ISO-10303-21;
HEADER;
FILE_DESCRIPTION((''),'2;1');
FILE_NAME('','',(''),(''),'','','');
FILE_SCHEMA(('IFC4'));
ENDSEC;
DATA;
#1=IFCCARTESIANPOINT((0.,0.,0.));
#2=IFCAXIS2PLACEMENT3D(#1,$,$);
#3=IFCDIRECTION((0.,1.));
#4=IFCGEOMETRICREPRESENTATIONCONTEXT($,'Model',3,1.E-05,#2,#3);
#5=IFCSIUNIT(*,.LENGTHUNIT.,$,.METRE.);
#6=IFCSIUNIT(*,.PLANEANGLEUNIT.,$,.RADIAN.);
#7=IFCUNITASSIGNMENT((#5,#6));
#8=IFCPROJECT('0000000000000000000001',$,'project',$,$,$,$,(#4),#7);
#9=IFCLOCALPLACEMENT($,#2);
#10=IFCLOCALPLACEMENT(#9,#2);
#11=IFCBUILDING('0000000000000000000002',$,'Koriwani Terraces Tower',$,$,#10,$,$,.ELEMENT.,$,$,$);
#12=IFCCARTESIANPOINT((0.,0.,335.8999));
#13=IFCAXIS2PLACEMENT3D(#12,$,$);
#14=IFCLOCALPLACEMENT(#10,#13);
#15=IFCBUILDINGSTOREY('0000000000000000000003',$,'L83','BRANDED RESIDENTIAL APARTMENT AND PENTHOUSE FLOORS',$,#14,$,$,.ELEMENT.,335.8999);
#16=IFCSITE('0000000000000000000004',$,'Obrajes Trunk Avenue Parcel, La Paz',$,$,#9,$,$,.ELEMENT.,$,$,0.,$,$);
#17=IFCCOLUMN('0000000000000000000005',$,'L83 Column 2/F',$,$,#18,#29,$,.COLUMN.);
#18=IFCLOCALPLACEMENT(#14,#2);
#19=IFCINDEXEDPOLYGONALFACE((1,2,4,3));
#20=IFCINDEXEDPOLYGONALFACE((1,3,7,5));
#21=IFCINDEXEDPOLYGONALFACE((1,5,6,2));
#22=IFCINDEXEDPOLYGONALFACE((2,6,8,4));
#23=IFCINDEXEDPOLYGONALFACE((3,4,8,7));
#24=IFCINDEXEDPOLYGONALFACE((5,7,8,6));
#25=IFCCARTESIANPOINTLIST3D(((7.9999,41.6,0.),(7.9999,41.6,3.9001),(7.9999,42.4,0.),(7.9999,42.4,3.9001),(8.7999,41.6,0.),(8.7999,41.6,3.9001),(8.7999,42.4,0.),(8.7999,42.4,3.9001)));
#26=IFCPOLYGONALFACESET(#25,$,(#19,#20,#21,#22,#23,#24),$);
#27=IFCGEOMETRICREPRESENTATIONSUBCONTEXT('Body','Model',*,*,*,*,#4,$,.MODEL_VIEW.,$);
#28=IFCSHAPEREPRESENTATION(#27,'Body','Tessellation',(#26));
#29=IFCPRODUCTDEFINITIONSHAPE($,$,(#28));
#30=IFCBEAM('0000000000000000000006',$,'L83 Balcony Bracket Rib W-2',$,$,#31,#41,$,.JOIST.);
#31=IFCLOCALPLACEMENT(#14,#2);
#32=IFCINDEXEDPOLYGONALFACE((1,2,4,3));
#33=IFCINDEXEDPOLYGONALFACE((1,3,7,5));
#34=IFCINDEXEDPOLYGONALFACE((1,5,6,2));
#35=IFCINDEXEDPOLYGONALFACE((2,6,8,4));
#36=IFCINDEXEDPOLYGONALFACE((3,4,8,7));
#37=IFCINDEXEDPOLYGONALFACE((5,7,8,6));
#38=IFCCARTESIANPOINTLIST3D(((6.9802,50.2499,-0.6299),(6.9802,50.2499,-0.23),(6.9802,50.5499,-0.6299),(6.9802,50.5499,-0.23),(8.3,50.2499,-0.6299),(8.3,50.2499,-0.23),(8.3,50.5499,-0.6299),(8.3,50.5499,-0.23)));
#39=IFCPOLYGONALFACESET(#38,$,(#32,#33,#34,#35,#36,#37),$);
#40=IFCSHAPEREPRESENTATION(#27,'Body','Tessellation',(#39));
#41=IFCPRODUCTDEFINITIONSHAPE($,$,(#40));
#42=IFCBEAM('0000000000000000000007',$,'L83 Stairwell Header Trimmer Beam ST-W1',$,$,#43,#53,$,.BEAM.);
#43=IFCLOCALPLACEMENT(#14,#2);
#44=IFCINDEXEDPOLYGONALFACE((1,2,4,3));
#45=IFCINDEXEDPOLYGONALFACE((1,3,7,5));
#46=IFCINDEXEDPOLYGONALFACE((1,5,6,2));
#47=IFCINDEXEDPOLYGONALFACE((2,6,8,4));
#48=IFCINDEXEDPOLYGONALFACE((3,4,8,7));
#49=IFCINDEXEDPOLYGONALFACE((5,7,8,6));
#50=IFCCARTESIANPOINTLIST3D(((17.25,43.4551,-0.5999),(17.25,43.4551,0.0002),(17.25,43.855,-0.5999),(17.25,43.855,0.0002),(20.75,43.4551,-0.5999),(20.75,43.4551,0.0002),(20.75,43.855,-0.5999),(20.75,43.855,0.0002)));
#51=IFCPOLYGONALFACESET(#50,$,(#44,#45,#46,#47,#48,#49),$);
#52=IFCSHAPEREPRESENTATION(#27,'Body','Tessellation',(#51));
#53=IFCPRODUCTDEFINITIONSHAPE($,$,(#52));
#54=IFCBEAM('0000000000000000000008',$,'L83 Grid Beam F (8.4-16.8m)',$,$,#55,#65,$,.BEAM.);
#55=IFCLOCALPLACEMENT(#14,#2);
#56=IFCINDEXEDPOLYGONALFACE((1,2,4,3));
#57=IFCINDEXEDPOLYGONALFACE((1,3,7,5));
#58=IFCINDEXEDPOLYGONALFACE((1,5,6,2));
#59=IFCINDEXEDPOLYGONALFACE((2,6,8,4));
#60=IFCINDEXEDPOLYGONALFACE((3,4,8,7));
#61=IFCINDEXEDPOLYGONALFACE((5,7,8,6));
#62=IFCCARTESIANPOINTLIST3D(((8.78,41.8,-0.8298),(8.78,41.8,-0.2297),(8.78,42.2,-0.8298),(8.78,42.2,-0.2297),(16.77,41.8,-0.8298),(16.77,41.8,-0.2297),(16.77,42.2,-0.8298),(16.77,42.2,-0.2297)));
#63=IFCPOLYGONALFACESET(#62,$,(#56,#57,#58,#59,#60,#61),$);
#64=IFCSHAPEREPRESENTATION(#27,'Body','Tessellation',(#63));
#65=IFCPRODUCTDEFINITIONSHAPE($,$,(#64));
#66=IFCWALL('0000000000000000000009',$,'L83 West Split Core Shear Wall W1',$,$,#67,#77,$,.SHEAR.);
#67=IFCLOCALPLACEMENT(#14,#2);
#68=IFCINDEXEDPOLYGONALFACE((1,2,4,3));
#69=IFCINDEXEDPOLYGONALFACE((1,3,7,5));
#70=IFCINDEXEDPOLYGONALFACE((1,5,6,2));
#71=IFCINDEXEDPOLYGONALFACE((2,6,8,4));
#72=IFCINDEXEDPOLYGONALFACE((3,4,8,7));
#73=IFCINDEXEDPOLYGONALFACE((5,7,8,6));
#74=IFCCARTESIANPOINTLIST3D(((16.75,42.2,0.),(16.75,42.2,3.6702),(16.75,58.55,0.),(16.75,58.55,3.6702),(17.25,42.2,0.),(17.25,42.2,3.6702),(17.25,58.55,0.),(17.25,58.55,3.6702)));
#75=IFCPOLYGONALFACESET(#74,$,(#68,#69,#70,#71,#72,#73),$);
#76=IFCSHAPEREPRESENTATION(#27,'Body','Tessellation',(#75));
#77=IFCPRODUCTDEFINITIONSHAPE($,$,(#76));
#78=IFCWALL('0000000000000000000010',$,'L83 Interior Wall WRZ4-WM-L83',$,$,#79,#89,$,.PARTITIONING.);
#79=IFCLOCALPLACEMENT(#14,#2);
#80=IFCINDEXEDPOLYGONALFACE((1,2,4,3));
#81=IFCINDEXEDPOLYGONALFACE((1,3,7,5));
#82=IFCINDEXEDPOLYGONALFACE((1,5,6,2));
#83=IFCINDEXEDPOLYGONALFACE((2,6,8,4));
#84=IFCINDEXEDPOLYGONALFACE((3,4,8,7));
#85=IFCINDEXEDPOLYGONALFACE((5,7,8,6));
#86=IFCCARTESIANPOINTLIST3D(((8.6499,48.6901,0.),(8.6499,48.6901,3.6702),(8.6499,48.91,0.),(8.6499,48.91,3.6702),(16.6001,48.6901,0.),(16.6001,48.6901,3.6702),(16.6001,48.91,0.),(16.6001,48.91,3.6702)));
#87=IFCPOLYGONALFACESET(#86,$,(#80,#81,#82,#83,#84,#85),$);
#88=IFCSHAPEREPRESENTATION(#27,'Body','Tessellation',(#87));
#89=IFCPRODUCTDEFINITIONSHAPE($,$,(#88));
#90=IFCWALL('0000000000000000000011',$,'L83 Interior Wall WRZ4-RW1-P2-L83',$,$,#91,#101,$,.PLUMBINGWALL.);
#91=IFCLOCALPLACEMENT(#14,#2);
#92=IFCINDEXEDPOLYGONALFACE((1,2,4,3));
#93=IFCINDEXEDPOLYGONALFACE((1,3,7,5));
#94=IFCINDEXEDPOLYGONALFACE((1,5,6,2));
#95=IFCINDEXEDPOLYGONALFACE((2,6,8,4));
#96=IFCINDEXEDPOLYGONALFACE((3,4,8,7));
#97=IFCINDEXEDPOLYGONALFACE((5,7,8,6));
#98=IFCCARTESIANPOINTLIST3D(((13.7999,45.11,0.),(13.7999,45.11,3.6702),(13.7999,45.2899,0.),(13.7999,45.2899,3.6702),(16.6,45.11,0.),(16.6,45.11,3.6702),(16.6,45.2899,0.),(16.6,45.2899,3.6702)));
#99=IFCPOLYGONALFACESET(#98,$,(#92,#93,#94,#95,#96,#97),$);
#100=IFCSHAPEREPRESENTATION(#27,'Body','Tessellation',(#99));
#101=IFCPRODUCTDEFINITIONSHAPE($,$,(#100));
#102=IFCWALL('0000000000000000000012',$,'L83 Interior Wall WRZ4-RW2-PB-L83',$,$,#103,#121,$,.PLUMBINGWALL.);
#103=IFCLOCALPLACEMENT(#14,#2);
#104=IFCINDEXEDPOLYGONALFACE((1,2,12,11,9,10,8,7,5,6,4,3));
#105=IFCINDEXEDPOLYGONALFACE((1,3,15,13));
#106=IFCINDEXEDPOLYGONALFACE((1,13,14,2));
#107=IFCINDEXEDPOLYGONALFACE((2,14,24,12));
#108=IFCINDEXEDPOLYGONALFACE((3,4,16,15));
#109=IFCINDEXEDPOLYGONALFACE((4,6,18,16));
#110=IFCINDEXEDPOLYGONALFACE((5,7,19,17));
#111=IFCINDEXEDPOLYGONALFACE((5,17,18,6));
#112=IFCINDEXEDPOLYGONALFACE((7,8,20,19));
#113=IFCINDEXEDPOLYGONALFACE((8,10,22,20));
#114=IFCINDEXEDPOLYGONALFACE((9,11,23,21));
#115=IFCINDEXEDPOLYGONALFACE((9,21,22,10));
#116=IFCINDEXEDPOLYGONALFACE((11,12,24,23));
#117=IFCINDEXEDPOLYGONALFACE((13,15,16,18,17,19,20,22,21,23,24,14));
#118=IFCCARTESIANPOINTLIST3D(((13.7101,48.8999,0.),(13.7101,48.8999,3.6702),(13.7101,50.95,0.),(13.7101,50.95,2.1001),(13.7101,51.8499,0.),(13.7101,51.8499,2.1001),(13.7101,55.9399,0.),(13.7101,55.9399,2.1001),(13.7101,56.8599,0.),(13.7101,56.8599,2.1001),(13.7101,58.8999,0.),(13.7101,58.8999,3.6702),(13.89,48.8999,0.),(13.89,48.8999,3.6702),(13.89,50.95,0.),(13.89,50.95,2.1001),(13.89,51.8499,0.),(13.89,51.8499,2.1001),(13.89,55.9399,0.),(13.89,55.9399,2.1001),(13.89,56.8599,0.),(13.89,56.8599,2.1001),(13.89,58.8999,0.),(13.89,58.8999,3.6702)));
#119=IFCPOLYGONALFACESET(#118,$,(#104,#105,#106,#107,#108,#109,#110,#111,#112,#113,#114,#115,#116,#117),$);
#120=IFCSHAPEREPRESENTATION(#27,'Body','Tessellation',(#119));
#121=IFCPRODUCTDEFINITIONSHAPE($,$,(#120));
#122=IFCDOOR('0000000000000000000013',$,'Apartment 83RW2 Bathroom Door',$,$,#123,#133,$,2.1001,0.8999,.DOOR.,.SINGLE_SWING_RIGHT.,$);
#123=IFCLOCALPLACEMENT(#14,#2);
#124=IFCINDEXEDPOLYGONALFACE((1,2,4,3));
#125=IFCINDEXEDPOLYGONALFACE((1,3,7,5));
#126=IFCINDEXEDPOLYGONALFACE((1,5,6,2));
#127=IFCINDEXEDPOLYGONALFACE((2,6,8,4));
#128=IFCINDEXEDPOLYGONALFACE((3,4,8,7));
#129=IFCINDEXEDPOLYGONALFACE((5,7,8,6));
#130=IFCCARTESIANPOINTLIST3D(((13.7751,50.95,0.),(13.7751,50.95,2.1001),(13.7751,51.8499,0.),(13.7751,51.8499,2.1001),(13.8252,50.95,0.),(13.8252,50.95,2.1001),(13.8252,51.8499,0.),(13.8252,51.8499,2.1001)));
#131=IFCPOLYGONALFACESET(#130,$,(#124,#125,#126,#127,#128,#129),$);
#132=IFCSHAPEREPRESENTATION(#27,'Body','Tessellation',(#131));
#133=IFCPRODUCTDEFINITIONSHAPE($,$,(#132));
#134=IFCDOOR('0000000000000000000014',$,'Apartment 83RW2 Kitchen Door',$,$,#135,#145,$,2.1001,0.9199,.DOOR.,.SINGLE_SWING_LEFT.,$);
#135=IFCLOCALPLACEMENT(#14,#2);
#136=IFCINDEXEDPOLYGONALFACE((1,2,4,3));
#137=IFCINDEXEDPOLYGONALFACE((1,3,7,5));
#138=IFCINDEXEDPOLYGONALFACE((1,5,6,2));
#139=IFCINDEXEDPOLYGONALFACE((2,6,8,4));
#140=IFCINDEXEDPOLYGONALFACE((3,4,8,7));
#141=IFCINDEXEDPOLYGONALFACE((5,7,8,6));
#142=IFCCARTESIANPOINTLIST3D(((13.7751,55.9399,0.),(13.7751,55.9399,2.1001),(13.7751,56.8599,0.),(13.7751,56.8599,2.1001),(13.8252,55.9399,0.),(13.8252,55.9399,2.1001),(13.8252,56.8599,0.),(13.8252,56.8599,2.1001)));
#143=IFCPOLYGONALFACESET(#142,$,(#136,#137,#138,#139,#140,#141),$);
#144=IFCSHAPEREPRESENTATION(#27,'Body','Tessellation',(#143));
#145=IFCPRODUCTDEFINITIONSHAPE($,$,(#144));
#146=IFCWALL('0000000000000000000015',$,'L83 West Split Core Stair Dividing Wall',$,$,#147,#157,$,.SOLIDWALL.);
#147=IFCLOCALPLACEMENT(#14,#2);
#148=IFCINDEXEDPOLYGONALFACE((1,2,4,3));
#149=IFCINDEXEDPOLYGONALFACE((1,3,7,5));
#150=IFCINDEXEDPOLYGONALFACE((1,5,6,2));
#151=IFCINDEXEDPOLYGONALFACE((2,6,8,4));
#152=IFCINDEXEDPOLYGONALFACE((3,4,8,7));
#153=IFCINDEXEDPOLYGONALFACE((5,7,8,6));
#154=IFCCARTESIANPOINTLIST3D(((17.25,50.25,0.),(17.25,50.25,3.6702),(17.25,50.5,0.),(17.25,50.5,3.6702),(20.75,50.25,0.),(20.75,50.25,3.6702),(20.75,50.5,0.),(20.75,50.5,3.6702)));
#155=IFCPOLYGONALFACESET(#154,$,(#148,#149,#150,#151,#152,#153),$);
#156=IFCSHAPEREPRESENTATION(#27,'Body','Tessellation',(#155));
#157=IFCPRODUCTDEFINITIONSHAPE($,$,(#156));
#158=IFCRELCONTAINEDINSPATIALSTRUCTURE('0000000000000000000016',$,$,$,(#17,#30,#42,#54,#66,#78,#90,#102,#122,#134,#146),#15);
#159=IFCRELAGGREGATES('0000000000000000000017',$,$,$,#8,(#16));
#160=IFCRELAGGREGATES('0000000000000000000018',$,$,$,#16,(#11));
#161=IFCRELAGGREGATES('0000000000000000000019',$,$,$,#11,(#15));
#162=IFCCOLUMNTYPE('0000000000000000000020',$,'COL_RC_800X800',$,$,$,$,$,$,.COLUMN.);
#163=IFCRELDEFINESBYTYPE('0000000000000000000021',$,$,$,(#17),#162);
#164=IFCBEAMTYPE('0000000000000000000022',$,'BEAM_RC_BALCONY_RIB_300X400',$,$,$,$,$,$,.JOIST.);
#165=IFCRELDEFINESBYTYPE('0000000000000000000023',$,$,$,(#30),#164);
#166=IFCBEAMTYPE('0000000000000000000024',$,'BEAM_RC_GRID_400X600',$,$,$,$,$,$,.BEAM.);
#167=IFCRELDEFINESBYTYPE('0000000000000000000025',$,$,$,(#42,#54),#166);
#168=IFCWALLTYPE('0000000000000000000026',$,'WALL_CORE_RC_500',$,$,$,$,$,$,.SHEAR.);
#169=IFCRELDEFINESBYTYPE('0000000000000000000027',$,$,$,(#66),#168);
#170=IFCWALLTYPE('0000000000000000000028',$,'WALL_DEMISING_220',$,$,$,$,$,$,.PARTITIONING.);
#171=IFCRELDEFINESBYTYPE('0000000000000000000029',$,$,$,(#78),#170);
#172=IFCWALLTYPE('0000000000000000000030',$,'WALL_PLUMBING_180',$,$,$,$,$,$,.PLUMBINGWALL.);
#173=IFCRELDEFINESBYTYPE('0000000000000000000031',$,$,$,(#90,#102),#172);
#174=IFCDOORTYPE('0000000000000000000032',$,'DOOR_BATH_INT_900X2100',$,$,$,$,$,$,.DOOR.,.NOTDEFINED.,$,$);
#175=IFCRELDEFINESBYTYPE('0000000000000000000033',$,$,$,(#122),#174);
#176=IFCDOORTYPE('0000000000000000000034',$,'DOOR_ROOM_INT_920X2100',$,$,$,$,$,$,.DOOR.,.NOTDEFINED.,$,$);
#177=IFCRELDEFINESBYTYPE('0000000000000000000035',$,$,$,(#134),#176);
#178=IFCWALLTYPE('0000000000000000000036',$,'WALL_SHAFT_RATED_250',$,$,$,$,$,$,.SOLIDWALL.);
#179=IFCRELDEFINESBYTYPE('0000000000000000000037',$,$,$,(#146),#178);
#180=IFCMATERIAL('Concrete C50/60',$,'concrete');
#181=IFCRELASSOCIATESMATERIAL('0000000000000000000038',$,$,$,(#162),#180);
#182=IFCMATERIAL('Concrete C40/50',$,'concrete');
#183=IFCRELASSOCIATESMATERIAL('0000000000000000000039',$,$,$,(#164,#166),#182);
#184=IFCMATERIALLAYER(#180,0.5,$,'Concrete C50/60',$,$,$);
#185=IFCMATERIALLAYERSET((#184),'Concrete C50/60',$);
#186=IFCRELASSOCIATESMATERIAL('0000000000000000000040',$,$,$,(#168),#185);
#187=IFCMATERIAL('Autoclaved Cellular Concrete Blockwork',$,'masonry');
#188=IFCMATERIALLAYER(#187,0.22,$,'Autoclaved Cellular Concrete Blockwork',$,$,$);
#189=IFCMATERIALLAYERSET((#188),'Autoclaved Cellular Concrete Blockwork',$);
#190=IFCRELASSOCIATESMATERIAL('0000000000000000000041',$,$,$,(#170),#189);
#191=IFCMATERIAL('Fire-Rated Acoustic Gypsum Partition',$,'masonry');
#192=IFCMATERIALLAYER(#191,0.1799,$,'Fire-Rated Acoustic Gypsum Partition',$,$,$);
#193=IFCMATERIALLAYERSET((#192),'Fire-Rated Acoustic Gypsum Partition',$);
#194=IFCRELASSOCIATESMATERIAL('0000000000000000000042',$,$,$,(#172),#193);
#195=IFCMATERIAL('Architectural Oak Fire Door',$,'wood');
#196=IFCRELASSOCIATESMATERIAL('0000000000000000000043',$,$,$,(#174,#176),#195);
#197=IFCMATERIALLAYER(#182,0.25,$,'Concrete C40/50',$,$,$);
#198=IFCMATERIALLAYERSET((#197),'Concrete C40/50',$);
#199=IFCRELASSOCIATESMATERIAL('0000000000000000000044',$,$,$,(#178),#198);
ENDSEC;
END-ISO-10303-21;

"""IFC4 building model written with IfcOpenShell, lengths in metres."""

from ifc_helpers import new_model, si_unit, direction, frame, frame_2d, origin, origin_2d, place, context, subcontext, project, spatial, rectangle, extrude, material, layer, layer_set, material_profile, profile_set, type_object, element, fill, save


model = new_model("IFC4")

# Units and contexts
model_context = context("Model", 3, precision=1e-05, world=origin(), true_north=direction((0.0, 1.0)))
body_context = subcontext(model_context, "Body", "Model", "MODEL_VIEW")
ifc_project = project(units=[si_unit("LENGTHUNIT", "METRE"), si_unit("PLANEANGLEUNIT", "RADIAN")], contexts=[model_context])

# Site, building, storey
site_placement = place(None, origin())
site = spatial("IfcSite", under=ifc_project, at=site_placement, Name="Obrajes Trunk Avenue Parcel, La Paz", CompositionType="ELEMENT", RefElevation=0.0)
building_placement = place(site_placement, origin())
building = spatial("IfcBuilding", under=site, at=building_placement, Name="Koriwani Terraces Tower", CompositionType="ELEMENT")
storey_placement = place(building_placement, frame((0.0, 0.0, 335.8999)))
storey = spatial("IfcBuildingStorey", under=building, at=storey_placement, Name="L83", Description="BRANDED RESIDENTIAL APARTMENT AND PENTHOUSE FLOORS", CompositionType="ELEMENT", Elevation=335.8999)

# Column
ifc_material_1 = material(Name="Concrete C50/60", Category="concrete")
ifc_material_profile_1 = material_profile(ifc_material_1, rectangle(XDim=0.8, YDim=0.8, at=origin_2d()), Name="Concrete C50/60", Category="LoadBearing")
ifc_profile_set_1 = profile_set([ifc_material_profile_1], Name="Concrete C50/60")
column_type = type_object("IfcColumnType", Name="COL_RC_800X800", PredefinedType="COLUMN", material=ifc_profile_set_1)
column_placement = place(storey_placement, frame((8.3999, 42.0, 0.0), z_axis=(0.0, 0.0, 1.0), x_axis=(1.0, 0.0, 0.0)))
element("IfcColumn", 1, at=column_placement, inside=storey, type_object=column_type, Name="L83 Column 2/F", PredefinedType="COLUMN", context=body_context, shape_type="SweptSolid", body=[
    extrude(rectangle(XDim=0.8, YDim=0.8, at=origin_2d()), origin(), (0.0, 0.0, 1.0), 3.9001),
])

# Beams
ifc_material_2 = material(Name="Concrete C40/50", Category="concrete")
ifc_material_profile_2 = material_profile(ifc_material_2, rectangle(XDim=0.3, YDim=0.3999, at=origin_2d()), Name="Concrete C40/50", Category="LoadBearing")
ifc_profile_set_2 = profile_set([ifc_material_profile_2], Name="Concrete C40/50")
beam_type_1 = type_object("IfcBeamType", Name="BEAM_RC_BALCONY_RIB_300X400", PredefinedType="JOIST", material=ifc_profile_set_2)
beam_1_placement = place(storey_placement, frame((6.9802, 50.3999, -0.4299), z_axis=(1.0, 0.0, 0.0), x_axis=(0.0, 1.0, 0.0)))
element("IfcBeam", 2, at=beam_1_placement, inside=storey, type_object=beam_type_1, Name="L83 Balcony Bracket Rib W-2", PredefinedType="JOIST", context=body_context, shape_type="SweptSolid", body=[
    extrude(rectangle(XDim=0.3, YDim=0.3999, at=origin_2d()), origin(), (0.0, 0.0, 1.0), 1.3198),
])
ifc_material_profile_3 = material_profile(ifc_material_2, rectangle(XDim=0.3999, YDim=0.6001, at=origin_2d()), Name="Concrete C40/50", Category="LoadBearing")
ifc_profile_set_3 = profile_set([ifc_material_profile_3], Name="Concrete C40/50")
beam_type_2 = type_object("IfcBeamType", Name="BEAM_RC_GRID_400X600", PredefinedType="BEAM", material=ifc_profile_set_3)
beam_2_placement = place(storey_placement, frame((17.25, 43.655, -0.2998), z_axis=(1.0, 0.0, 0.0), x_axis=(0.0, 1.0, 0.0)))
element("IfcBeam", 3, at=beam_2_placement, inside=storey, type_object=beam_type_2, Name="L83 Stairwell Header Trimmer Beam ST-W1", PredefinedType="BEAM", context=body_context, shape_type="SweptSolid", body=[
    extrude(rectangle(XDim=0.3999, YDim=0.6001, at=origin_2d()), origin(), (0.0, 0.0, 1.0), 3.5),
])
beam_3_placement = place(storey_placement, frame((8.78, 42.0, -0.5298), z_axis=(1.0, 0.0, 0.0), x_axis=(0.0, 1.0, 0.0)))
element("IfcBeam", 4, at=beam_3_placement, inside=storey, type_object=beam_type_2, Name="L83 Grid Beam F (8.4-16.8m)", PredefinedType="BEAM", context=body_context, shape_type="SweptSolid", body=[
    extrude(rectangle(XDim=0.3999, YDim=0.6001, at=origin_2d()), origin(), (0.0, 0.0, 1.0), 7.99),
])

# Walls
ifc_layer_1 = layer(ifc_material_1, 0.5, Name="Concrete C50/60")
ifc_layer_set_1 = layer_set([ifc_layer_1], Name="Concrete C50/60")
wall_type_1 = type_object("IfcWallType", Name="WALL_CORE_RC_500", PredefinedType="SHEAR", material=ifc_layer_set_1)
wall_1_placement = place(storey_placement, frame((17.0, 42.2, 0.0), z_axis=(0.0, 0.0, 1.0), x_axis=(0.0, 1.0, 0.0)))
element("IfcWall", 5, at=wall_1_placement, inside=storey, type_object=wall_type_1, Name="L83 West Split Core Shear Wall W1", PredefinedType="SHEAR", context=body_context, shape_type="SweptSolid", body=[
    extrude(rectangle(XDim=16.3501, YDim=0.5, at=frame_2d((8.175, 0.0))), origin(), (0.0, 0.0, 1.0), 3.6702),
])
ifc_material_3 = material(Name="Autoclaved Cellular Concrete Blockwork", Category="masonry")
ifc_layer_2 = layer(ifc_material_3, 0.22, Name="Autoclaved Cellular Concrete Blockwork")
ifc_layer_set_2 = layer_set([ifc_layer_2], Name="Autoclaved Cellular Concrete Blockwork")
wall_type_2 = type_object("IfcWallType", Name="WALL_DEMISING_220", PredefinedType="PARTITIONING", material=ifc_layer_set_2)
wall_2_placement = place(storey_placement, frame((8.6499, 48.8, 0.0), z_axis=(0.0, 0.0, 1.0), x_axis=(1.0, 0.0, 0.0)))
element("IfcWall", 6, at=wall_2_placement, inside=storey, type_object=wall_type_2, Name="L83 Interior Wall WRZ4-WM-L83", PredefinedType="PARTITIONING", context=body_context, shape_type="SweptSolid", body=[
    extrude(rectangle(XDim=7.9502, YDim=0.22, at=frame_2d((3.9751, 0.0))), origin(), (0.0, 0.0, 1.0), 3.6702),
])
ifc_material_4 = material(Name="Fire-Rated Acoustic Gypsum Partition", Category="masonry")
ifc_layer_3 = layer(ifc_material_4, 0.1799, Name="Fire-Rated Acoustic Gypsum Partition")
ifc_layer_set_3 = layer_set([ifc_layer_3], Name="Fire-Rated Acoustic Gypsum Partition")
wall_type_3 = type_object("IfcWallType", Name="WALL_PLUMBING_180", PredefinedType="PLUMBINGWALL", material=ifc_layer_set_3)
wall_3_placement = place(storey_placement, frame((13.8, 45.2, 0.0), z_axis=(0.0, 0.0, 1.0), x_axis=(1.0, 0.0, 0.0)))
element("IfcWall", 7, at=wall_3_placement, inside=storey, type_object=wall_type_3, Name="L83 Interior Wall WRZ4-RW1-P2-L83", PredefinedType="PLUMBINGWALL", context=body_context, shape_type="SweptSolid", body=[
    extrude(rectangle(XDim=2.8, YDim=0.1799, at=frame_2d((1.3999, 0.0))), origin(), (0.0, 0.0, 1.0), 3.6702),
])

# Wall, openings, doors
wall_4_placement = place(storey_placement, frame((13.8, 48.8999, 0.0), z_axis=(0.0, 0.0, 1.0), x_axis=(0.0, 1.0, 0.0)))
wall_4 = element("IfcWall", 8, at=wall_4_placement, inside=storey, type_object=wall_type_3, Name="L83 Interior Wall WRZ4-RW2-PB-L83", PredefinedType="PLUMBINGWALL", context=body_context, shape_type="SweptSolid", body=[
    extrude(rectangle(XDim=10.0, YDim=0.1799, at=frame_2d((5.0, 0.0))), origin(), (0.0, 0.0, 1.0), 3.6702),
])
opening_1_placement = place(wall_4_placement, frame((2.05, 0.0, 0.0)))
opening_1 = element("IfcOpeningElement", 9, at=opening_1_placement, cuts=wall_4, PredefinedType="OPENING", context=body_context, shape_type="SweptSolid", body=[
    extrude(rectangle(XDim=0.8999, YDim=2.1001, at=frame_2d((0.45, 1.05))), frame((0.0, 0.1001, 0.0), z_axis=(0.0, -1.0, 0.0), x_axis=(1.0, 0.0, 0.0)), (0.0, 0.0, 1.0), 0.2),
])
opening_2_placement = place(wall_4_placement, frame((7.04, 0.0, 0.0)))
opening_2 = element("IfcOpeningElement", 10, at=opening_2_placement, cuts=wall_4, PredefinedType="OPENING", context=body_context, shape_type="SweptSolid", body=[
    extrude(rectangle(XDim=0.9199, YDim=2.1001, at=frame_2d((0.46, 1.05))), frame((0.0, 0.1001, 0.0), z_axis=(0.0, -1.0, 0.0), x_axis=(1.0, 0.0, 0.0)), (0.0, 0.0, 1.0), 0.2),
])
ifc_material_5 = material(Name="Architectural Oak Fire Door", Category="wood")
door_type_1 = type_object("IfcDoorType", Name="DOOR_BATH_INT_900X2100", OperationType="NOTDEFINED", PredefinedType="DOOR", material=ifc_material_5)
door_1_placement = place(opening_1_placement, origin())
door_1 = element("IfcDoor", 11, at=door_1_placement, inside=storey, type_object=door_type_1, Name="Apartment 83RW2 Bathroom Door", OperationType="SINGLE_SWING_RIGHT", OverallHeight=2.1001, OverallWidth=0.8999, PredefinedType="DOOR", context=body_context, shape_type="SweptSolid", body=[
    extrude(rectangle(XDim=0.8999, YDim=2.1001, at=frame_2d((0.45, 1.05))), frame((0.0, 0.0249, 0.0), z_axis=(0.0, -1.0, 0.0), x_axis=(1.0, 0.0, 0.0)), (0.0, 0.0, 1.0), 0.05),
])
fill(opening_1, door_1)
door_type_2 = type_object("IfcDoorType", Name="DOOR_ROOM_INT_920X2100", OperationType="NOTDEFINED", PredefinedType="DOOR", material=ifc_material_5)
door_2_placement = place(opening_2_placement, origin())
door_2 = element("IfcDoor", 12, at=door_2_placement, inside=storey, type_object=door_type_2, Name="Apartment 83RW2 Kitchen Door", OperationType="SINGLE_SWING_LEFT", OverallHeight=2.1001, OverallWidth=0.9199, PredefinedType="DOOR", context=body_context, shape_type="SweptSolid", body=[
    extrude(rectangle(XDim=0.9199, YDim=2.1001, at=frame_2d((0.46, 1.05))), frame((0.0, 0.0249, 0.0), z_axis=(0.0, -1.0, 0.0), x_axis=(1.0, 0.0, 0.0)), (0.0, 0.0, 1.0), 0.05),
])
fill(opening_2, door_2)

# Wall
ifc_layer_4 = layer(ifc_material_2, 0.25, Name="Concrete C40/50")
ifc_layer_set_4 = layer_set([ifc_layer_4], Name="Concrete C40/50")
wall_type_4 = type_object("IfcWallType", Name="WALL_SHAFT_RATED_250", PredefinedType="SOLIDWALL", material=ifc_layer_set_4)
wall_5_placement = place(storey_placement, frame((17.25, 50.375, 0.0), z_axis=(0.0, 0.0, 1.0), x_axis=(1.0, 0.0, 0.0)))
element("IfcWall", 13, at=wall_5_placement, inside=storey, type_object=wall_type_4, Name="L83 West Split Core Stair Dividing Wall", PredefinedType="SOLIDWALL", context=body_context, shape_type="SweptSolid", body=[
    extrude(rectangle(XDim=3.5, YDim=0.25, at=frame_2d((1.75, 0.0))), origin(), (0.0, 0.0, 1.0), 3.6702),
])

save(model, "model.ifc")
